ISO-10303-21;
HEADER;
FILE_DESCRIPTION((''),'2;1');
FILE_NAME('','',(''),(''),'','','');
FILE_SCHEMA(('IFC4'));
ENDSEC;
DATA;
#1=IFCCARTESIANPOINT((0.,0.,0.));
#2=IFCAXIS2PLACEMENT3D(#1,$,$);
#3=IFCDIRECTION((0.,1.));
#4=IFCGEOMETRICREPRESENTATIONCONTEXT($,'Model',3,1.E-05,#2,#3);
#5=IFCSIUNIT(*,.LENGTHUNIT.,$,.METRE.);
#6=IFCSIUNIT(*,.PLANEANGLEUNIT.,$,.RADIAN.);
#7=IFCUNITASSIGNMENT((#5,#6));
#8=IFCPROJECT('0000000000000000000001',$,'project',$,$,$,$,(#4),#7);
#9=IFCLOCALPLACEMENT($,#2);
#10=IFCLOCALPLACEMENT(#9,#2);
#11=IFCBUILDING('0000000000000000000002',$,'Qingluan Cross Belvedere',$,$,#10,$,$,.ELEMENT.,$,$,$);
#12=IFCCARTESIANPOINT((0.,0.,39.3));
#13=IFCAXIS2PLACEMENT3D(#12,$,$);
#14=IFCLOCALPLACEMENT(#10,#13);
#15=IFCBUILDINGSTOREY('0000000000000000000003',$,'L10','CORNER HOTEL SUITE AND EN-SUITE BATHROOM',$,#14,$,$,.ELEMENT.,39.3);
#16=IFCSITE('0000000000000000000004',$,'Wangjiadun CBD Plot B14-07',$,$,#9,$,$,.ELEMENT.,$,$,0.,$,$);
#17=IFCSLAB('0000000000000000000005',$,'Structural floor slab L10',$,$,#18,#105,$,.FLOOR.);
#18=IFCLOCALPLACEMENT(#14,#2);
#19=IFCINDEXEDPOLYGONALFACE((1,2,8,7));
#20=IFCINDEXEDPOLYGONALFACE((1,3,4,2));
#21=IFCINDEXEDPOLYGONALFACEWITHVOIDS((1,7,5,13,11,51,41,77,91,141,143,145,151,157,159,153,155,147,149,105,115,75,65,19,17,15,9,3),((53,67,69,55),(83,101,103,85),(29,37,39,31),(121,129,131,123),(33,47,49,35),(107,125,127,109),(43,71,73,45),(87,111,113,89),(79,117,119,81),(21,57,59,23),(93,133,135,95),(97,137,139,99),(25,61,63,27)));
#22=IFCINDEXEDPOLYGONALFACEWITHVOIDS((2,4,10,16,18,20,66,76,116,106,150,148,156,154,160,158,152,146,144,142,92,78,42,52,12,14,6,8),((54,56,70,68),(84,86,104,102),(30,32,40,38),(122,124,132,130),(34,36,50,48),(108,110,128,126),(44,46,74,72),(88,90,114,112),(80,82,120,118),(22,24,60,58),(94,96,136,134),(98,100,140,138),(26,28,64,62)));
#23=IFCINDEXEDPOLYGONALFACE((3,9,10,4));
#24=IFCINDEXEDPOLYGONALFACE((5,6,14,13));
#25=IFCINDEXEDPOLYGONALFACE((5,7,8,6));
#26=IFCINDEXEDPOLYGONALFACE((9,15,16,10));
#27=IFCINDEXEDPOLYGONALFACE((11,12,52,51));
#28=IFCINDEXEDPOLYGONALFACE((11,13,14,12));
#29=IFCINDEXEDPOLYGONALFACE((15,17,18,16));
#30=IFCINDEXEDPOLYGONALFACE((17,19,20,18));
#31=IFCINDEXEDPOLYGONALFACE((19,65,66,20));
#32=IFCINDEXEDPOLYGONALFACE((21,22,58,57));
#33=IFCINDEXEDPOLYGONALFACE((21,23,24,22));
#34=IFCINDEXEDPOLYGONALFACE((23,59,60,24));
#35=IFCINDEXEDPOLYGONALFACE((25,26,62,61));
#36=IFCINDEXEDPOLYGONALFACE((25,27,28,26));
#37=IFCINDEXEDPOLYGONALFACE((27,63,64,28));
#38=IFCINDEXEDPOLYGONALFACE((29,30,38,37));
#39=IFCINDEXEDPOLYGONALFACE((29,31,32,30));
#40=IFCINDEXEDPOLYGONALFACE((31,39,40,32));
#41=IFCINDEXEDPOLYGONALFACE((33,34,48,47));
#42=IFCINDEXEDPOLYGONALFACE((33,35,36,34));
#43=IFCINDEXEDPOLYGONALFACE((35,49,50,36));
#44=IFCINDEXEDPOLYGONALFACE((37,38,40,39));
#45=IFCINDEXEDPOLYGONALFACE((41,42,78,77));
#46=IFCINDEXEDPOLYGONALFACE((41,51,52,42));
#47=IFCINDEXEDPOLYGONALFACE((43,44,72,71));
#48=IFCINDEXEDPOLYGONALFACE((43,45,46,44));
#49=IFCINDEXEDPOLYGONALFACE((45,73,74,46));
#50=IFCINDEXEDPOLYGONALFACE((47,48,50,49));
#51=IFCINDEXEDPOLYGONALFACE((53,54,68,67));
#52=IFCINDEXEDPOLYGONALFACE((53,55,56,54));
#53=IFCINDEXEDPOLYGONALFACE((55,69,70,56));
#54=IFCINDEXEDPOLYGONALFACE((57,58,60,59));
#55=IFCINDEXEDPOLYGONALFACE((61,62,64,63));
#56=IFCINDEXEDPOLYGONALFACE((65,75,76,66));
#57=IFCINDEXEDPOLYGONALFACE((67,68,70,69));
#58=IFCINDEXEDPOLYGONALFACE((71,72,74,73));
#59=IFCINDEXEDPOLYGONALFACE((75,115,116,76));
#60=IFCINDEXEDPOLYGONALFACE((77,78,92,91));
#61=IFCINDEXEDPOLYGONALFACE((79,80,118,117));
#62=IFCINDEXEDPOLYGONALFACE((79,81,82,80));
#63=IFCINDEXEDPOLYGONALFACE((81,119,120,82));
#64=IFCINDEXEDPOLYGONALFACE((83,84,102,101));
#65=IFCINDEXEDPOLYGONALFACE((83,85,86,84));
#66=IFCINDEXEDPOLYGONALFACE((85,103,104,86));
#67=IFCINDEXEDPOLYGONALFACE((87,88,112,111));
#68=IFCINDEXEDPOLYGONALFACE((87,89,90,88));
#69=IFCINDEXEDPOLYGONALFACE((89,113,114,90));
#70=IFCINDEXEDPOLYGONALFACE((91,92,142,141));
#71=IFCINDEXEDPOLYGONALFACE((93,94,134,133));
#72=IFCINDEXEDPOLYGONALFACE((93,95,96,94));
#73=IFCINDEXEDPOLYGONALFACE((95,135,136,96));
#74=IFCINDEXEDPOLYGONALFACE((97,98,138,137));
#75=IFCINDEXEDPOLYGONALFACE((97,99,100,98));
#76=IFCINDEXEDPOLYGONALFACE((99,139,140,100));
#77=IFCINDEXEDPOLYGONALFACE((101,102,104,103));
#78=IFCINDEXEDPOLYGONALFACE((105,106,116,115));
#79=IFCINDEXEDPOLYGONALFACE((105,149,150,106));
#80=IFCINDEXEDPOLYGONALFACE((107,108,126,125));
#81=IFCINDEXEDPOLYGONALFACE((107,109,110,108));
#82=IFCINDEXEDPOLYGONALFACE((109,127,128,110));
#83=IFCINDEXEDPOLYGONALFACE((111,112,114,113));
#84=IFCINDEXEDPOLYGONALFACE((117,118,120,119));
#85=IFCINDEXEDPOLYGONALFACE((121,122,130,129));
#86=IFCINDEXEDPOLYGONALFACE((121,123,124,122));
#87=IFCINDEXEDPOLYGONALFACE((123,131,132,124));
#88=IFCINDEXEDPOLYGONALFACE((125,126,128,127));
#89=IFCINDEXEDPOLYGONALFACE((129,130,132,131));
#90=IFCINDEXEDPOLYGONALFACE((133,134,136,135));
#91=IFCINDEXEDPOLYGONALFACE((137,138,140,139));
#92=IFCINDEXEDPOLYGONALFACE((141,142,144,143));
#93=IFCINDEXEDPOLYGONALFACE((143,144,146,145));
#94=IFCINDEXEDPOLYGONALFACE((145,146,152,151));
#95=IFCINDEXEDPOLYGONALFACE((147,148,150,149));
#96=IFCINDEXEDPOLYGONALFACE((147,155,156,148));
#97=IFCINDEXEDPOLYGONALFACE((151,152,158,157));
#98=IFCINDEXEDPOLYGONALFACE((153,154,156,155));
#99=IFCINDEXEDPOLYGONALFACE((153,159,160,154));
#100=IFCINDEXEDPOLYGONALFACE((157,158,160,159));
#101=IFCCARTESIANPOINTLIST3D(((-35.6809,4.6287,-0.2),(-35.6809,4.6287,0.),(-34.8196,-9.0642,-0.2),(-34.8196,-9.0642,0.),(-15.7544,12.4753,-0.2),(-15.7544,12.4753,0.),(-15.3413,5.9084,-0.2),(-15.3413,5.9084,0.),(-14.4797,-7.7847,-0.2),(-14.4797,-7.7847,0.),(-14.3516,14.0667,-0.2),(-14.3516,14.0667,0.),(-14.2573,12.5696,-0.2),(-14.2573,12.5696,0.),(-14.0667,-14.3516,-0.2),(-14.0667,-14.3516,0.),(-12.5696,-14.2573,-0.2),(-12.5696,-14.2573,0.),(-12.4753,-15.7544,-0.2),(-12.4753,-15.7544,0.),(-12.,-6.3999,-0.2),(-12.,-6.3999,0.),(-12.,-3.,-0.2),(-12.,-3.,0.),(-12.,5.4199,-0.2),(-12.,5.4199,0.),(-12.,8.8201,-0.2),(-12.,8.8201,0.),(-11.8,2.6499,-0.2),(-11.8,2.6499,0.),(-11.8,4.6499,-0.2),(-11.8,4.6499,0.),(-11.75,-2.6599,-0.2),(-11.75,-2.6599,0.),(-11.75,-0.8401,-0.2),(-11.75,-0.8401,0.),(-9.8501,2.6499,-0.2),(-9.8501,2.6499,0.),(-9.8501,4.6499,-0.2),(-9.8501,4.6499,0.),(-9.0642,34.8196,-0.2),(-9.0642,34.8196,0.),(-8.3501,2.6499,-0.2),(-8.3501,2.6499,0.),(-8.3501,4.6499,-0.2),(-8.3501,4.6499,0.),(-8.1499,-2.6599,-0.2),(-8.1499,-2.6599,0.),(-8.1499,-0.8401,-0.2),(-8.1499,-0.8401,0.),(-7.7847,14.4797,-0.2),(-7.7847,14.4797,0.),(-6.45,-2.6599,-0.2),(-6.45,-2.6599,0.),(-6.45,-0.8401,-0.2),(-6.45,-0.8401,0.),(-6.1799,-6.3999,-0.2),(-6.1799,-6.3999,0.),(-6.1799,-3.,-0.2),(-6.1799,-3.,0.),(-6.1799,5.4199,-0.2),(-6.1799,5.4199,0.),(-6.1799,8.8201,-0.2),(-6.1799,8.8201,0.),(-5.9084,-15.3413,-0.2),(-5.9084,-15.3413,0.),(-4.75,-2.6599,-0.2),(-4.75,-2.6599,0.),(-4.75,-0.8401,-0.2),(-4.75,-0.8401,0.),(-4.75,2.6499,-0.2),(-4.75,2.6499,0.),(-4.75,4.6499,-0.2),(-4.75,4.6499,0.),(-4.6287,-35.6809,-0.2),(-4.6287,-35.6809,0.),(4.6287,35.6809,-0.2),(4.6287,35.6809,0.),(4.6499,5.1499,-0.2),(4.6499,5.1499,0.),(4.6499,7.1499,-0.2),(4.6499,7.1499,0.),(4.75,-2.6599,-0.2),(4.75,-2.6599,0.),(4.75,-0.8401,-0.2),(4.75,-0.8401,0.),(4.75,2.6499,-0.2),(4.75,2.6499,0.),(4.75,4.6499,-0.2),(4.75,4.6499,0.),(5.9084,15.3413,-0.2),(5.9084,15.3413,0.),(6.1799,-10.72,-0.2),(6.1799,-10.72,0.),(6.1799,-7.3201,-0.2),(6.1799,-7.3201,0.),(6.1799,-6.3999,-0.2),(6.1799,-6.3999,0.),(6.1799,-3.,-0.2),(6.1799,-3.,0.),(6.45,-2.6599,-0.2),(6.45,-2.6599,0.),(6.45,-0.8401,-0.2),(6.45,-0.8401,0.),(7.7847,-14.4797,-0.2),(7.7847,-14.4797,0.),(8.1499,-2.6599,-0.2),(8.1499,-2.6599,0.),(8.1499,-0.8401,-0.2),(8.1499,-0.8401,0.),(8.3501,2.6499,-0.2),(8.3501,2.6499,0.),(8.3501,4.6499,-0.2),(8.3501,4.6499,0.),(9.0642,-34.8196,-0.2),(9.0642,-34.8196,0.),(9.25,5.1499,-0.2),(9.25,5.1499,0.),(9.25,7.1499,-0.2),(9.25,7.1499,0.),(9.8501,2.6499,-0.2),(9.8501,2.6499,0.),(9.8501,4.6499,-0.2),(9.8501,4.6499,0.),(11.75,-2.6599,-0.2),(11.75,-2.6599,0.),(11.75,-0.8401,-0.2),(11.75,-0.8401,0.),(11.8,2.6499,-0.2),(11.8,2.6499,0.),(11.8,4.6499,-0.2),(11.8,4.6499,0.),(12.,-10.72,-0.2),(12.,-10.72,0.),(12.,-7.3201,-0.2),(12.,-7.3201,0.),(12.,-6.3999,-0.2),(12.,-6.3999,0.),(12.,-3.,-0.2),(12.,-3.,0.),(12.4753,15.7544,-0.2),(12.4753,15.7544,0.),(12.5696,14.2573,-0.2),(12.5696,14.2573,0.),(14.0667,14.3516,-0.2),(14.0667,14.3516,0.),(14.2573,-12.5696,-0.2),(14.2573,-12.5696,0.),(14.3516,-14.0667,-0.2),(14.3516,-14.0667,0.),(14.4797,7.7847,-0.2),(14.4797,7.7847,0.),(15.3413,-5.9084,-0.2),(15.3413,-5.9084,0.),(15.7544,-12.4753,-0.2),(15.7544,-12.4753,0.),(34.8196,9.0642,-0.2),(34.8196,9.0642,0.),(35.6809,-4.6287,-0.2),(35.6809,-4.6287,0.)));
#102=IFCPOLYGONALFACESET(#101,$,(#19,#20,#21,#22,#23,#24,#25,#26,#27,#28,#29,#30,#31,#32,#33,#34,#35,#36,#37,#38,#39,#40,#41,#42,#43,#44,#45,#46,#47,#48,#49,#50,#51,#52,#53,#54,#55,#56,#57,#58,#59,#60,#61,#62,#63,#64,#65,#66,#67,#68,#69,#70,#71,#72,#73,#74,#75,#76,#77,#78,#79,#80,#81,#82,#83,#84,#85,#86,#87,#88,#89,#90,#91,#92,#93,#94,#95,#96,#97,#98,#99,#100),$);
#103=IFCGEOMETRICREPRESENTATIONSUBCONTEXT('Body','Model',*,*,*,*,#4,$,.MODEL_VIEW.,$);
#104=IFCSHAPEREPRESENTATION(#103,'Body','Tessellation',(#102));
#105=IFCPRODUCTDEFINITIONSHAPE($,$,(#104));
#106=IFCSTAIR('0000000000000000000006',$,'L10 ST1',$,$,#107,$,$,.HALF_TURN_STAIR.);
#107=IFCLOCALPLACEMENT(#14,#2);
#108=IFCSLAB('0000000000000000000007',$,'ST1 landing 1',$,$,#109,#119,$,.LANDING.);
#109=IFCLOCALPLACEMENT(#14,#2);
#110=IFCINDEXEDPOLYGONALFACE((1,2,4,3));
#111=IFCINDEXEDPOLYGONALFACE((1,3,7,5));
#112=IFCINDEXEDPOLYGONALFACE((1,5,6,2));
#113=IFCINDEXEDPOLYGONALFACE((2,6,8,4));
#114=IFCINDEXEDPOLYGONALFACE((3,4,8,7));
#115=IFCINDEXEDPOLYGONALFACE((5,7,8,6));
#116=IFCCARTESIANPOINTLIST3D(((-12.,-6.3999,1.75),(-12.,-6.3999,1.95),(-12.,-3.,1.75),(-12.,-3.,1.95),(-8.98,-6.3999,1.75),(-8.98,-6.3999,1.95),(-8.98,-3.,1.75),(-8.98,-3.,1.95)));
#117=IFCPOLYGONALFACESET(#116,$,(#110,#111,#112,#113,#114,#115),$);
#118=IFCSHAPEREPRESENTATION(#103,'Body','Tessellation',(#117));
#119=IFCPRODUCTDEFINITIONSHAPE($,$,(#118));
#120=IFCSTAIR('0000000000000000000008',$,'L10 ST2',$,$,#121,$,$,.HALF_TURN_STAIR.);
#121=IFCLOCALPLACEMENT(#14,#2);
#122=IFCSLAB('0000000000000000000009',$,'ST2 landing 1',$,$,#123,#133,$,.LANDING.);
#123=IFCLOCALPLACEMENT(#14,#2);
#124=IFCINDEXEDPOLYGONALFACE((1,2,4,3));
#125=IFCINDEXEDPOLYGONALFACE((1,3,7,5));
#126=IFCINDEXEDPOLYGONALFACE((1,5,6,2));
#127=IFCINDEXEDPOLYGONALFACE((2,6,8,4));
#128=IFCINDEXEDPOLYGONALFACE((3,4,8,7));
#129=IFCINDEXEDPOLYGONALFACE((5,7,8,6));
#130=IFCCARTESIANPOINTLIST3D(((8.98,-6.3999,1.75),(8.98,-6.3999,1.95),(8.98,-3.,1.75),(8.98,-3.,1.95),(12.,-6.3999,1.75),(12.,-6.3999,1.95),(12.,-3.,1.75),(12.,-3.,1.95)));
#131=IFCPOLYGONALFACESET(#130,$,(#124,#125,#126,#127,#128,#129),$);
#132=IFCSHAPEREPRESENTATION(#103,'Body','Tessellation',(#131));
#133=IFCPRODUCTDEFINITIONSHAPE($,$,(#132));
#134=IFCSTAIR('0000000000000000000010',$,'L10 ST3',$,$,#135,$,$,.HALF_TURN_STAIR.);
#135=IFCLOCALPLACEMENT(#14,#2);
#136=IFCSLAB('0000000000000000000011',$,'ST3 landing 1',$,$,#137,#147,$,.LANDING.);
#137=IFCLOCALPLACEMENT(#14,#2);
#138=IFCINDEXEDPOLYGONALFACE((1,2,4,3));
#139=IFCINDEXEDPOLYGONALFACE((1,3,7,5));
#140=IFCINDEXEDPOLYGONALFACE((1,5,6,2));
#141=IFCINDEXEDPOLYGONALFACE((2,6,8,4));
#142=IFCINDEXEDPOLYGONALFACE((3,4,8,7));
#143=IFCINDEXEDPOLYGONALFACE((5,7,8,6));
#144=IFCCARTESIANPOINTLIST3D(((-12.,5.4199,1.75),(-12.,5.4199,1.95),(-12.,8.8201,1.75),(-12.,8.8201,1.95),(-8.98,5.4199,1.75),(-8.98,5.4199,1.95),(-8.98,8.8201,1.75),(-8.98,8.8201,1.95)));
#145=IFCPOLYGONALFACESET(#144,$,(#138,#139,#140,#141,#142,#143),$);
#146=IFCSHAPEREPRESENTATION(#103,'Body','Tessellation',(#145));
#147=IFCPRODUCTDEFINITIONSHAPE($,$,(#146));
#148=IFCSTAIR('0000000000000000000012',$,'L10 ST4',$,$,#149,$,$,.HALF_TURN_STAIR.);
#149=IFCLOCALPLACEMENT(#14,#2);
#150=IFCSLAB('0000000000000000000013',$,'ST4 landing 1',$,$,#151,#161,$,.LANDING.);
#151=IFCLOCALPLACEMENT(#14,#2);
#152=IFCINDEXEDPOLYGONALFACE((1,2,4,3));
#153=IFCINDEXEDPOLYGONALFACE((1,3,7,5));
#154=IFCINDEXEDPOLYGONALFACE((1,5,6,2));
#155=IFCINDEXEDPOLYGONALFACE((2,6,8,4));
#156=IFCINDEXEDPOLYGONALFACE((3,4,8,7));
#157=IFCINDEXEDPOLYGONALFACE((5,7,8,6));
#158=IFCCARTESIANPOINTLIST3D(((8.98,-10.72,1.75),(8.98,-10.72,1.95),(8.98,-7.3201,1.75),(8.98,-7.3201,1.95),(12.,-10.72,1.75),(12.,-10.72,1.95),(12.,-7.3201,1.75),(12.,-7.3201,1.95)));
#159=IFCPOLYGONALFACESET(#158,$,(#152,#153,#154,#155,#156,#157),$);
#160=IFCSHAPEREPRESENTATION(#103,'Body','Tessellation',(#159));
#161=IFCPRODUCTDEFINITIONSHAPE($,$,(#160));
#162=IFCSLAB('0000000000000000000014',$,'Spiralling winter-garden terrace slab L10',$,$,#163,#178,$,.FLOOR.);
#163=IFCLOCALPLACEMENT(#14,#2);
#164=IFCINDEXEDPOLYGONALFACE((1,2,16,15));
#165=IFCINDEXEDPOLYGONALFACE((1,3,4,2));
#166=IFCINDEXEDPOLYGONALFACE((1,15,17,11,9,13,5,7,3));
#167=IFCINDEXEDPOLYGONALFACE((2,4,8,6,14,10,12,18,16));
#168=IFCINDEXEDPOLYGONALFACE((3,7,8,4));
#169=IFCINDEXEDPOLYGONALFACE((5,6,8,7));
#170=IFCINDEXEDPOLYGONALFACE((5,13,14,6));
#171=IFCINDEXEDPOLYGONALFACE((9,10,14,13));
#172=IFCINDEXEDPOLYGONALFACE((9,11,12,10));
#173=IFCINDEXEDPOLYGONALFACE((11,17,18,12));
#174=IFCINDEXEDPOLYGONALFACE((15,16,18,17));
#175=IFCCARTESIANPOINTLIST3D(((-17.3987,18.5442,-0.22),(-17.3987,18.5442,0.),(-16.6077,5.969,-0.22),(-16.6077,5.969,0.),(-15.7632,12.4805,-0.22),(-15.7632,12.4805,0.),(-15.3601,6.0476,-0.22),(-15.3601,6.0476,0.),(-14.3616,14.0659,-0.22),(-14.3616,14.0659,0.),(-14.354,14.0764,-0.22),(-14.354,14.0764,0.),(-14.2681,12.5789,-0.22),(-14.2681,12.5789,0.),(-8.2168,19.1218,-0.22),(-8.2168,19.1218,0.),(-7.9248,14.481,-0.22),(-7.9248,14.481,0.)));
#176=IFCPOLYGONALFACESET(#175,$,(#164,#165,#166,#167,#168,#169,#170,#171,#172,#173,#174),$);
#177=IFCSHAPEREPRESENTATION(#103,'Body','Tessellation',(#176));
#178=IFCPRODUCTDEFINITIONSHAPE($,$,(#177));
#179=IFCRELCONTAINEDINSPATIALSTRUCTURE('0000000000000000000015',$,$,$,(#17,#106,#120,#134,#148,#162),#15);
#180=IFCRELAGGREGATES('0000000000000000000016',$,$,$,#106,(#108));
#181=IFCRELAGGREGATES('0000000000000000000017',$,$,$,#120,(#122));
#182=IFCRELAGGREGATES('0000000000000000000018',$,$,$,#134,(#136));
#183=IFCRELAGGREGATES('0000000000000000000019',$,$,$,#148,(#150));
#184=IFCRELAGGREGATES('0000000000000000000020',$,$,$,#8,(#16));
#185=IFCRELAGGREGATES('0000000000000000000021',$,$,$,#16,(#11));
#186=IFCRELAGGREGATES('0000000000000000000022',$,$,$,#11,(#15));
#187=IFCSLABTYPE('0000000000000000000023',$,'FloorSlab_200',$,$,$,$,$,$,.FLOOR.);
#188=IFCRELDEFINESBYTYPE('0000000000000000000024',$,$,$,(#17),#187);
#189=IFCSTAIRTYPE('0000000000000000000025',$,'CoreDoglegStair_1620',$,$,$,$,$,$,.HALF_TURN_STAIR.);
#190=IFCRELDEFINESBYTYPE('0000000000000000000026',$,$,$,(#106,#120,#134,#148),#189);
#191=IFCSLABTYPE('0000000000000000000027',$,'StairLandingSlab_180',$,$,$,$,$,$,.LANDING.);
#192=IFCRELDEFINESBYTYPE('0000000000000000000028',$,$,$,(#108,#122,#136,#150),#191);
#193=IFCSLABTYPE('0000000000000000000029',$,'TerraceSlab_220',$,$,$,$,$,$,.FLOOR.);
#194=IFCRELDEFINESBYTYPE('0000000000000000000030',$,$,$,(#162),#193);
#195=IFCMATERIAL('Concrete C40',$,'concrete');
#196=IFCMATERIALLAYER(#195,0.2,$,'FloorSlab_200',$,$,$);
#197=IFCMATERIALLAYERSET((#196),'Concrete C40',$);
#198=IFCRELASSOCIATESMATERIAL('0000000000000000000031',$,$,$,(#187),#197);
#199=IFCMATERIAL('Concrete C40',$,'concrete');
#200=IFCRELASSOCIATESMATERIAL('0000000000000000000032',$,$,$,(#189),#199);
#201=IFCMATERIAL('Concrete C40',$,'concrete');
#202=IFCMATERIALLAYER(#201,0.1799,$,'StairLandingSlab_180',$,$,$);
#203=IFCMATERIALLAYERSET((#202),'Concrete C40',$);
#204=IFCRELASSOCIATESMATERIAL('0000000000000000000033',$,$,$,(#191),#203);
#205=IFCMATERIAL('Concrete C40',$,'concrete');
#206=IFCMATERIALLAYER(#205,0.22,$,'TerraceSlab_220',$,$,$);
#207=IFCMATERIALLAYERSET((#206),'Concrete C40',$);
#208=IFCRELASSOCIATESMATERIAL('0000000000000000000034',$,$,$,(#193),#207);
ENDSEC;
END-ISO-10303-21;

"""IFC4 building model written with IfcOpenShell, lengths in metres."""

from ifc_helpers import new_model, si_unit, direction, frame, origin, place, context, subcontext, project, spatial, polyline, outline, extrude, material, layer, layer_set, type_object, element, aggregate, save


model = new_model("IFC4")

# Units and contexts
model_context = context("Model", 3, precision=1e-05, world=origin(), true_north=direction((0.0, 1.0)))
body_context = subcontext(model_context, "Body", "Model", "MODEL_VIEW")
ifc_project = project(units=[si_unit("LENGTHUNIT", "METRE"), si_unit("PLANEANGLEUNIT", "RADIAN")], contexts=[model_context])

# Site, building, storey
site_placement = place(None, origin())
site = spatial("IfcSite", under=ifc_project, at=site_placement, Name="Wangjiadun CBD Plot B14-07", CompositionType="ELEMENT", RefElevation=0.0)
building_placement = place(site_placement, origin())
building = spatial("IfcBuilding", under=site, at=building_placement, Name="Qingluan Cross Belvedere", CompositionType="ELEMENT")
storey_placement = place(building_placement, frame((0.0, 0.0, 39.3)))
storey = spatial("IfcBuildingStorey", under=building, at=storey_placement, Name="L10", Description="CORNER HOTEL SUITE AND EN-SUITE BATHROOM", CompositionType="ELEMENT", Elevation=39.3)

# Slab
ifc_material_1 = material(Name="Concrete C40", Category="concrete")
ifc_layer_1 = layer(ifc_material_1, 0.2, Name="FloorSlab_200")
ifc_layer_set_1 = layer_set([ifc_layer_1], Name="Concrete C40")
slab_type_1 = type_object("IfcSlabType", Name="FloorSlab_200", PredefinedType="FLOOR", material=ifc_layer_set_1)
slab_1_placement = place(storey_placement, frame((0.0, 0.0, -0.2)))
element("IfcSlab", 1, at=slab_1_placement, inside=storey, type_object=slab_type_1, Name="Structural floor slab L10", PredefinedType="FLOOR", context=body_context, shape_type="SweptSolid", body=[
    extrude(outline(polyline([(9.0642, -34.8196), (7.7847, -14.4797), (14.3516, -14.0667), (14.2573, -12.5696), (15.7544, -12.4753), (15.3413, -5.9084), (35.6809, -4.6287), (34.8196, 9.0642), (14.4797, 7.7847), (14.0667, 14.3516), (12.5696, 14.2573), (12.4753, 15.7544), (5.9084, 15.3413), (4.6287, 35.6809), (-9.0642, 34.8196), (-7.7847, 14.4797), (-14.3516, 14.0667), (-14.2573, 12.5696), (-15.7544, 12.4753), (-15.3413, 5.9084), (-35.6809, 4.6287), (-34.8196, -9.0642), (-14.4797, -7.7847), (-14.0667, -14.3516), (-12.5696, -14.2573), (-12.4753, -15.7544), (-5.9084, -15.3413), (-4.6287, -35.6809), (9.0642, -34.8196)]), holes=[polyline([(-12.0, -3.0), (-6.1799, -3.0), (-6.1799, -6.3999), (-12.0, -6.3999), (-12.0, -3.0)]), polyline([(6.1799, -3.0), (12.0, -3.0), (12.0, -6.3999), (6.1799, -6.3999), (6.1799, -3.0)]), polyline([(-12.0, 8.8201), (-6.1799, 8.8201), (-6.1799, 5.4199), (-12.0, 5.4199), (-12.0, 8.8201)]), polyline([(6.1799, -7.3201), (12.0, -7.3201), (12.0, -10.72), (6.1799, -10.72), (6.1799, -7.3201)]), polyline([(-11.8, 4.6499), (-9.8501, 4.6499), (-9.8501, 2.6499), (-11.8, 2.6499), (-11.8, 4.6499)]), polyline([(-8.3501, 4.6499), (-4.75, 4.6499), (-4.75, 2.6499), (-8.3501, 2.6499), (-8.3501, 4.6499)]), polyline([(4.75, 4.6499), (8.3501, 4.6499), (8.3501, 2.6499), (4.75, 2.6499), (4.75, 4.6499)]), polyline([(9.8501, 4.6499), (11.8, 4.6499), (11.8, 2.6499), (9.8501, 2.6499), (9.8501, 4.6499)]), polyline([(-11.75, -0.8401), (-8.1499, -0.8401), (-8.1499, -2.6599), (-11.75, -2.6599), (-11.75, -0.8401)]), polyline([(-6.45, -0.8401), (-4.75, -0.8401), (-4.75, -2.6599), (-6.45, -2.6599), (-6.45, -0.8401)]), polyline([(4.75, -0.8401), (6.45, -0.8401), (6.45, -2.6599), (4.75, -2.6599), (4.75, -0.8401)]), polyline([(8.1499, -0.8401), (11.75, -0.8401), (11.75, -2.6599), (8.1499, -2.6599), (8.1499, -0.8401)]), polyline([(4.6499, 7.1499), (9.25, 7.1499), (9.25, 5.1499), (4.6499, 5.1499), (4.6499, 7.1499)])]), origin(), (0.0, 0.0, 1.0), 0.2),
])

# Stairs, slabs
ifc_material_2 = material(Name="Concrete C40", Category="concrete")
stair_type = type_object("IfcStairType", Name="CoreDoglegStair_1620", PredefinedType="HALF_TURN_STAIR", material=ifc_material_2)
stair_1_placement = place(storey_placement, origin())
stair_1 = element("IfcStair", 2, at=stair_1_placement, inside=storey, type_object=stair_type, Name="L10 ST1", PredefinedType="HALF_TURN_STAIR")
ifc_material_3 = material(Name="Concrete C40", Category="concrete")
ifc_layer_2 = layer(ifc_material_3, 0.1799, Name="StairLandingSlab_180")
ifc_layer_set_2 = layer_set([ifc_layer_2], Name="Concrete C40")
slab_type_2 = type_object("IfcSlabType", Name="StairLandingSlab_180", PredefinedType="LANDING", material=ifc_layer_set_2)
slab_2_placement = place(storey_placement, frame((0.0, 0.0, 1.75)))
slab_2 = element("IfcSlab", 3, at=slab_2_placement, type_object=slab_type_2, Name="ST1 landing 1", PredefinedType="LANDING", context=body_context, shape_type="SweptSolid", body=[
    extrude(outline(polyline([(-8.98, -3.0), (-12.0, -3.0), (-12.0, -6.3999), (-8.98, -6.3999), (-8.98, -3.0)])), origin(), (0.0, 0.0, 1.0), 0.2),
])
aggregate(stair_1, [slab_2])
stair_2_placement = place(storey_placement, origin())
stair_2 = element("IfcStair", 4, at=stair_2_placement, inside=storey, type_object=stair_type, Name="L10 ST2", PredefinedType="HALF_TURN_STAIR")
slab_3_placement = place(storey_placement, frame((0.0, 0.0, 1.75)))
slab_3 = element("IfcSlab", 5, at=slab_3_placement, type_object=slab_type_2, Name="ST2 landing 1", PredefinedType="LANDING", context=body_context, shape_type="SweptSolid", body=[
    extrude(outline(polyline([(8.98, -6.3999), (12.0, -6.3999), (12.0, -3.0), (8.98, -3.0), (8.98, -6.3999)])), origin(), (0.0, 0.0, 1.0), 0.2),
])
aggregate(stair_2, [slab_3])
stair_3_placement = place(storey_placement, origin())
stair_3 = element("IfcStair", 6, at=stair_3_placement, inside=storey, type_object=stair_type, Name="L10 ST3", PredefinedType="HALF_TURN_STAIR")
slab_4_placement = place(storey_placement, frame((0.0, 0.0, 1.75)))
slab_4 = element("IfcSlab", 7, at=slab_4_placement, type_object=slab_type_2, Name="ST3 landing 1", PredefinedType="LANDING", context=body_context, shape_type="SweptSolid", body=[
    extrude(outline(polyline([(-8.98, 8.8201), (-12.0, 8.8201), (-12.0, 5.4199), (-8.98, 5.4199), (-8.98, 8.8201)])), origin(), (0.0, 0.0, 1.0), 0.2),
])
aggregate(stair_3, [slab_4])
stair_4_placement = place(storey_placement, origin())
stair_4 = element("IfcStair", 8, at=stair_4_placement, inside=storey, type_object=stair_type, Name="L10 ST4", PredefinedType="HALF_TURN_STAIR")
slab_5_placement = place(storey_placement, frame((0.0, 0.0, 1.75)))
slab_5 = element("IfcSlab", 9, at=slab_5_placement, type_object=slab_type_2, Name="ST4 landing 1", PredefinedType="LANDING", context=body_context, shape_type="SweptSolid", body=[
    extrude(outline(polyline([(8.98, -10.72), (12.0, -10.72), (12.0, -7.3201), (8.98, -7.3201), (8.98, -10.72)])), origin(), (0.0, 0.0, 1.0), 0.2),
])
aggregate(stair_4, [slab_5])

# Slab
ifc_material_4 = material(Name="Concrete C40", Category="concrete")
ifc_layer_3 = layer(ifc_material_4, 0.22, Name="TerraceSlab_220")
ifc_layer_set_3 = layer_set([ifc_layer_3], Name="Concrete C40")
slab_type_3 = type_object("IfcSlabType", Name="TerraceSlab_220", PredefinedType="FLOOR", material=ifc_layer_set_3)
slab_6_placement = place(storey_placement, frame((0.0, 0.0, -0.22)))
element("IfcSlab", 10, at=slab_6_placement, inside=storey, type_object=slab_type_3, Name="Spiralling winter-garden terrace slab L10", PredefinedType="FLOOR", context=body_context, shape_type="SweptSolid", body=[
    extrude(outline(polyline([(-15.3601, 6.0476), (-15.7632, 12.4805), (-14.2681, 12.5789), (-14.3616, 14.0659), (-14.354, 14.0764), (-7.9248, 14.481), (-8.2168, 19.1218), (-17.3987, 18.5442), (-16.6077, 5.969), (-15.3601, 6.0476)])), origin(), (0.0, 0.0, 1.0), 0.22),
])

save(model, "model.ifc")
